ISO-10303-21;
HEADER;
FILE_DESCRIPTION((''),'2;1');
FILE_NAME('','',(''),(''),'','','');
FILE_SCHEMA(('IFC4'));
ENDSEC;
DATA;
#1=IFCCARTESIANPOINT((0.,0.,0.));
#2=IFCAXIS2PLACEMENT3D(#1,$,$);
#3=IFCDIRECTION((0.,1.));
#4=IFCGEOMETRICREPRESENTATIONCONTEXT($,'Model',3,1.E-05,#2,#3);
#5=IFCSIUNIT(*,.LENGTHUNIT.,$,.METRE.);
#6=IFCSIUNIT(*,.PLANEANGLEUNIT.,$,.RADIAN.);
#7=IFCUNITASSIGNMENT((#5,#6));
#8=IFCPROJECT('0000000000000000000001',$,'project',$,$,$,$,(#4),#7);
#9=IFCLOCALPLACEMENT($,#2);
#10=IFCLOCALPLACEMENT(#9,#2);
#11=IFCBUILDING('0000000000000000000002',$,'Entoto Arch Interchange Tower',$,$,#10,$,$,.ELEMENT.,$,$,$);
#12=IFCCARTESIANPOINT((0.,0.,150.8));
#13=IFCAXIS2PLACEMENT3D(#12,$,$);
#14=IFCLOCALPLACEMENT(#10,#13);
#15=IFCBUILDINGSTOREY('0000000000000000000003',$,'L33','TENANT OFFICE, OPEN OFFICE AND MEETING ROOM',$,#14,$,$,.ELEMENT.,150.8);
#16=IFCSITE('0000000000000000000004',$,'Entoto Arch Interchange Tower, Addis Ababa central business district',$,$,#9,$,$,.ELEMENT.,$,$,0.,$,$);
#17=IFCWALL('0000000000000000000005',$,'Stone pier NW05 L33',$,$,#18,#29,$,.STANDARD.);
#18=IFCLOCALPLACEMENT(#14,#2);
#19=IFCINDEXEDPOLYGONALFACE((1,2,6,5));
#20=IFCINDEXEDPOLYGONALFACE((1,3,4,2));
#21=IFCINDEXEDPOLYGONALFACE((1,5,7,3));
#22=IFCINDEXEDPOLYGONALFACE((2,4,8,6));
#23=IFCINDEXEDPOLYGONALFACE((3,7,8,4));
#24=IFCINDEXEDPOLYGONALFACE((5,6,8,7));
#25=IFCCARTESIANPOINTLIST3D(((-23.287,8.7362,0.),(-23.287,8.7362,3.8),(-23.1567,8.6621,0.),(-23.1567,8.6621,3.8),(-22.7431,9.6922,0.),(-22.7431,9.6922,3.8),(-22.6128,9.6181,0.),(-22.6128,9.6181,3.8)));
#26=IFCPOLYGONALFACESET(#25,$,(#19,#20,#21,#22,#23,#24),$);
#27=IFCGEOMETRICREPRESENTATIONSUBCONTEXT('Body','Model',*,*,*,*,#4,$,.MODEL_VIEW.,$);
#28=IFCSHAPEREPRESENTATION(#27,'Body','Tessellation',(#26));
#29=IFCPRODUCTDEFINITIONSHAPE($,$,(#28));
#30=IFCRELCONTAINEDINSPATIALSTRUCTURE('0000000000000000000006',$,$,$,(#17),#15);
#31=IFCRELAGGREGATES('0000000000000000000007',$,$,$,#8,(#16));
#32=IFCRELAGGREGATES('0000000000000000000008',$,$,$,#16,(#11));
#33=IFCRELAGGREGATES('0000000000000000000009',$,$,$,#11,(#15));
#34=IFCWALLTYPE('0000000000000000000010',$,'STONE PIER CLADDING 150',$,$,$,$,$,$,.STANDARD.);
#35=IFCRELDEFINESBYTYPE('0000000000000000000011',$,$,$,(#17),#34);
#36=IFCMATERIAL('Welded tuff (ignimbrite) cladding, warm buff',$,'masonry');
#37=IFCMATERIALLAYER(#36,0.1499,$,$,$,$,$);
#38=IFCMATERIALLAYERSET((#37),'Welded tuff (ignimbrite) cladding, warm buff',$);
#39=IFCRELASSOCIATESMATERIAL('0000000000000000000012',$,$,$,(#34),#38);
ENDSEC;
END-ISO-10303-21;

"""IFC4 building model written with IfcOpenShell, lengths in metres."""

from ifc_helpers import new_model, si_unit, direction, frame, frame_2d, origin, place, context, subcontext, project, spatial, rectangle, extrude, material, layer, layer_set, type_object, element, save


model = new_model("IFC4")

# Units and contexts
model_context = context("Model", 3, precision=1e-05, world=origin(), true_north=direction((0.0, 1.0)))
body_context = subcontext(model_context, "Body", "Model", "MODEL_VIEW")
ifc_project = project(units=[si_unit("LENGTHUNIT", "METRE"), si_unit("PLANEANGLEUNIT", "RADIAN")], contexts=[model_context])

# Site, building, storey
site_placement = place(None, origin())
site = spatial("IfcSite", under=ifc_project, at=site_placement, Name="Entoto Arch Interchange Tower, Addis Ababa central business district", CompositionType="ELEMENT", RefElevation=0.0)
building_placement = place(site_placement, origin())
building = spatial("IfcBuilding", under=site, at=building_placement, Name="Entoto Arch Interchange Tower", CompositionType="ELEMENT")
storey_placement = place(building_placement, frame((0.0, 0.0, 150.8)))
storey = spatial("IfcBuildingStorey", under=building, at=storey_placement, Name="L33", Description="TENANT OFFICE, OPEN OFFICE AND MEETING ROOM", CompositionType="ELEMENT", Elevation=150.8)

# Shared definitions
ifc_material_1 = material(Name="Welded tuff (ignimbrite) cladding, warm buff", Category="masonry")

# Wall
ifc_layer_1 = layer(ifc_material_1, 0.1499)
ifc_layer_set_1 = layer_set([ifc_layer_1], Name="Welded tuff (ignimbrite) cladding, warm buff")
wall_type_1 = type_object("IfcWallType", Name="STONE PIER CLADDING 150", PredefinedType="STANDARD", material=ifc_layer_set_1)
wall_1_placement = place(storey_placement, frame((-22.678, 9.655, 0.0), z_axis=(0.0, 0.0, 1.0), x_axis=(-0.494513, -0.86917, 0.0)))
element("IfcWall", 1, at=wall_1_placement, inside=storey, type_object=wall_type_1, Name="Stone pier NW05 L33", PredefinedType="STANDARD", context=body_context, shape_type="SweptSolid", body=[
    extrude(rectangle(XDim=1.0999, YDim=0.1499, at=frame_2d((0.5498, 0.0))), origin(), (0.0, 0.0, 1.0), 3.8),
])

save(model, "model.ifc")
